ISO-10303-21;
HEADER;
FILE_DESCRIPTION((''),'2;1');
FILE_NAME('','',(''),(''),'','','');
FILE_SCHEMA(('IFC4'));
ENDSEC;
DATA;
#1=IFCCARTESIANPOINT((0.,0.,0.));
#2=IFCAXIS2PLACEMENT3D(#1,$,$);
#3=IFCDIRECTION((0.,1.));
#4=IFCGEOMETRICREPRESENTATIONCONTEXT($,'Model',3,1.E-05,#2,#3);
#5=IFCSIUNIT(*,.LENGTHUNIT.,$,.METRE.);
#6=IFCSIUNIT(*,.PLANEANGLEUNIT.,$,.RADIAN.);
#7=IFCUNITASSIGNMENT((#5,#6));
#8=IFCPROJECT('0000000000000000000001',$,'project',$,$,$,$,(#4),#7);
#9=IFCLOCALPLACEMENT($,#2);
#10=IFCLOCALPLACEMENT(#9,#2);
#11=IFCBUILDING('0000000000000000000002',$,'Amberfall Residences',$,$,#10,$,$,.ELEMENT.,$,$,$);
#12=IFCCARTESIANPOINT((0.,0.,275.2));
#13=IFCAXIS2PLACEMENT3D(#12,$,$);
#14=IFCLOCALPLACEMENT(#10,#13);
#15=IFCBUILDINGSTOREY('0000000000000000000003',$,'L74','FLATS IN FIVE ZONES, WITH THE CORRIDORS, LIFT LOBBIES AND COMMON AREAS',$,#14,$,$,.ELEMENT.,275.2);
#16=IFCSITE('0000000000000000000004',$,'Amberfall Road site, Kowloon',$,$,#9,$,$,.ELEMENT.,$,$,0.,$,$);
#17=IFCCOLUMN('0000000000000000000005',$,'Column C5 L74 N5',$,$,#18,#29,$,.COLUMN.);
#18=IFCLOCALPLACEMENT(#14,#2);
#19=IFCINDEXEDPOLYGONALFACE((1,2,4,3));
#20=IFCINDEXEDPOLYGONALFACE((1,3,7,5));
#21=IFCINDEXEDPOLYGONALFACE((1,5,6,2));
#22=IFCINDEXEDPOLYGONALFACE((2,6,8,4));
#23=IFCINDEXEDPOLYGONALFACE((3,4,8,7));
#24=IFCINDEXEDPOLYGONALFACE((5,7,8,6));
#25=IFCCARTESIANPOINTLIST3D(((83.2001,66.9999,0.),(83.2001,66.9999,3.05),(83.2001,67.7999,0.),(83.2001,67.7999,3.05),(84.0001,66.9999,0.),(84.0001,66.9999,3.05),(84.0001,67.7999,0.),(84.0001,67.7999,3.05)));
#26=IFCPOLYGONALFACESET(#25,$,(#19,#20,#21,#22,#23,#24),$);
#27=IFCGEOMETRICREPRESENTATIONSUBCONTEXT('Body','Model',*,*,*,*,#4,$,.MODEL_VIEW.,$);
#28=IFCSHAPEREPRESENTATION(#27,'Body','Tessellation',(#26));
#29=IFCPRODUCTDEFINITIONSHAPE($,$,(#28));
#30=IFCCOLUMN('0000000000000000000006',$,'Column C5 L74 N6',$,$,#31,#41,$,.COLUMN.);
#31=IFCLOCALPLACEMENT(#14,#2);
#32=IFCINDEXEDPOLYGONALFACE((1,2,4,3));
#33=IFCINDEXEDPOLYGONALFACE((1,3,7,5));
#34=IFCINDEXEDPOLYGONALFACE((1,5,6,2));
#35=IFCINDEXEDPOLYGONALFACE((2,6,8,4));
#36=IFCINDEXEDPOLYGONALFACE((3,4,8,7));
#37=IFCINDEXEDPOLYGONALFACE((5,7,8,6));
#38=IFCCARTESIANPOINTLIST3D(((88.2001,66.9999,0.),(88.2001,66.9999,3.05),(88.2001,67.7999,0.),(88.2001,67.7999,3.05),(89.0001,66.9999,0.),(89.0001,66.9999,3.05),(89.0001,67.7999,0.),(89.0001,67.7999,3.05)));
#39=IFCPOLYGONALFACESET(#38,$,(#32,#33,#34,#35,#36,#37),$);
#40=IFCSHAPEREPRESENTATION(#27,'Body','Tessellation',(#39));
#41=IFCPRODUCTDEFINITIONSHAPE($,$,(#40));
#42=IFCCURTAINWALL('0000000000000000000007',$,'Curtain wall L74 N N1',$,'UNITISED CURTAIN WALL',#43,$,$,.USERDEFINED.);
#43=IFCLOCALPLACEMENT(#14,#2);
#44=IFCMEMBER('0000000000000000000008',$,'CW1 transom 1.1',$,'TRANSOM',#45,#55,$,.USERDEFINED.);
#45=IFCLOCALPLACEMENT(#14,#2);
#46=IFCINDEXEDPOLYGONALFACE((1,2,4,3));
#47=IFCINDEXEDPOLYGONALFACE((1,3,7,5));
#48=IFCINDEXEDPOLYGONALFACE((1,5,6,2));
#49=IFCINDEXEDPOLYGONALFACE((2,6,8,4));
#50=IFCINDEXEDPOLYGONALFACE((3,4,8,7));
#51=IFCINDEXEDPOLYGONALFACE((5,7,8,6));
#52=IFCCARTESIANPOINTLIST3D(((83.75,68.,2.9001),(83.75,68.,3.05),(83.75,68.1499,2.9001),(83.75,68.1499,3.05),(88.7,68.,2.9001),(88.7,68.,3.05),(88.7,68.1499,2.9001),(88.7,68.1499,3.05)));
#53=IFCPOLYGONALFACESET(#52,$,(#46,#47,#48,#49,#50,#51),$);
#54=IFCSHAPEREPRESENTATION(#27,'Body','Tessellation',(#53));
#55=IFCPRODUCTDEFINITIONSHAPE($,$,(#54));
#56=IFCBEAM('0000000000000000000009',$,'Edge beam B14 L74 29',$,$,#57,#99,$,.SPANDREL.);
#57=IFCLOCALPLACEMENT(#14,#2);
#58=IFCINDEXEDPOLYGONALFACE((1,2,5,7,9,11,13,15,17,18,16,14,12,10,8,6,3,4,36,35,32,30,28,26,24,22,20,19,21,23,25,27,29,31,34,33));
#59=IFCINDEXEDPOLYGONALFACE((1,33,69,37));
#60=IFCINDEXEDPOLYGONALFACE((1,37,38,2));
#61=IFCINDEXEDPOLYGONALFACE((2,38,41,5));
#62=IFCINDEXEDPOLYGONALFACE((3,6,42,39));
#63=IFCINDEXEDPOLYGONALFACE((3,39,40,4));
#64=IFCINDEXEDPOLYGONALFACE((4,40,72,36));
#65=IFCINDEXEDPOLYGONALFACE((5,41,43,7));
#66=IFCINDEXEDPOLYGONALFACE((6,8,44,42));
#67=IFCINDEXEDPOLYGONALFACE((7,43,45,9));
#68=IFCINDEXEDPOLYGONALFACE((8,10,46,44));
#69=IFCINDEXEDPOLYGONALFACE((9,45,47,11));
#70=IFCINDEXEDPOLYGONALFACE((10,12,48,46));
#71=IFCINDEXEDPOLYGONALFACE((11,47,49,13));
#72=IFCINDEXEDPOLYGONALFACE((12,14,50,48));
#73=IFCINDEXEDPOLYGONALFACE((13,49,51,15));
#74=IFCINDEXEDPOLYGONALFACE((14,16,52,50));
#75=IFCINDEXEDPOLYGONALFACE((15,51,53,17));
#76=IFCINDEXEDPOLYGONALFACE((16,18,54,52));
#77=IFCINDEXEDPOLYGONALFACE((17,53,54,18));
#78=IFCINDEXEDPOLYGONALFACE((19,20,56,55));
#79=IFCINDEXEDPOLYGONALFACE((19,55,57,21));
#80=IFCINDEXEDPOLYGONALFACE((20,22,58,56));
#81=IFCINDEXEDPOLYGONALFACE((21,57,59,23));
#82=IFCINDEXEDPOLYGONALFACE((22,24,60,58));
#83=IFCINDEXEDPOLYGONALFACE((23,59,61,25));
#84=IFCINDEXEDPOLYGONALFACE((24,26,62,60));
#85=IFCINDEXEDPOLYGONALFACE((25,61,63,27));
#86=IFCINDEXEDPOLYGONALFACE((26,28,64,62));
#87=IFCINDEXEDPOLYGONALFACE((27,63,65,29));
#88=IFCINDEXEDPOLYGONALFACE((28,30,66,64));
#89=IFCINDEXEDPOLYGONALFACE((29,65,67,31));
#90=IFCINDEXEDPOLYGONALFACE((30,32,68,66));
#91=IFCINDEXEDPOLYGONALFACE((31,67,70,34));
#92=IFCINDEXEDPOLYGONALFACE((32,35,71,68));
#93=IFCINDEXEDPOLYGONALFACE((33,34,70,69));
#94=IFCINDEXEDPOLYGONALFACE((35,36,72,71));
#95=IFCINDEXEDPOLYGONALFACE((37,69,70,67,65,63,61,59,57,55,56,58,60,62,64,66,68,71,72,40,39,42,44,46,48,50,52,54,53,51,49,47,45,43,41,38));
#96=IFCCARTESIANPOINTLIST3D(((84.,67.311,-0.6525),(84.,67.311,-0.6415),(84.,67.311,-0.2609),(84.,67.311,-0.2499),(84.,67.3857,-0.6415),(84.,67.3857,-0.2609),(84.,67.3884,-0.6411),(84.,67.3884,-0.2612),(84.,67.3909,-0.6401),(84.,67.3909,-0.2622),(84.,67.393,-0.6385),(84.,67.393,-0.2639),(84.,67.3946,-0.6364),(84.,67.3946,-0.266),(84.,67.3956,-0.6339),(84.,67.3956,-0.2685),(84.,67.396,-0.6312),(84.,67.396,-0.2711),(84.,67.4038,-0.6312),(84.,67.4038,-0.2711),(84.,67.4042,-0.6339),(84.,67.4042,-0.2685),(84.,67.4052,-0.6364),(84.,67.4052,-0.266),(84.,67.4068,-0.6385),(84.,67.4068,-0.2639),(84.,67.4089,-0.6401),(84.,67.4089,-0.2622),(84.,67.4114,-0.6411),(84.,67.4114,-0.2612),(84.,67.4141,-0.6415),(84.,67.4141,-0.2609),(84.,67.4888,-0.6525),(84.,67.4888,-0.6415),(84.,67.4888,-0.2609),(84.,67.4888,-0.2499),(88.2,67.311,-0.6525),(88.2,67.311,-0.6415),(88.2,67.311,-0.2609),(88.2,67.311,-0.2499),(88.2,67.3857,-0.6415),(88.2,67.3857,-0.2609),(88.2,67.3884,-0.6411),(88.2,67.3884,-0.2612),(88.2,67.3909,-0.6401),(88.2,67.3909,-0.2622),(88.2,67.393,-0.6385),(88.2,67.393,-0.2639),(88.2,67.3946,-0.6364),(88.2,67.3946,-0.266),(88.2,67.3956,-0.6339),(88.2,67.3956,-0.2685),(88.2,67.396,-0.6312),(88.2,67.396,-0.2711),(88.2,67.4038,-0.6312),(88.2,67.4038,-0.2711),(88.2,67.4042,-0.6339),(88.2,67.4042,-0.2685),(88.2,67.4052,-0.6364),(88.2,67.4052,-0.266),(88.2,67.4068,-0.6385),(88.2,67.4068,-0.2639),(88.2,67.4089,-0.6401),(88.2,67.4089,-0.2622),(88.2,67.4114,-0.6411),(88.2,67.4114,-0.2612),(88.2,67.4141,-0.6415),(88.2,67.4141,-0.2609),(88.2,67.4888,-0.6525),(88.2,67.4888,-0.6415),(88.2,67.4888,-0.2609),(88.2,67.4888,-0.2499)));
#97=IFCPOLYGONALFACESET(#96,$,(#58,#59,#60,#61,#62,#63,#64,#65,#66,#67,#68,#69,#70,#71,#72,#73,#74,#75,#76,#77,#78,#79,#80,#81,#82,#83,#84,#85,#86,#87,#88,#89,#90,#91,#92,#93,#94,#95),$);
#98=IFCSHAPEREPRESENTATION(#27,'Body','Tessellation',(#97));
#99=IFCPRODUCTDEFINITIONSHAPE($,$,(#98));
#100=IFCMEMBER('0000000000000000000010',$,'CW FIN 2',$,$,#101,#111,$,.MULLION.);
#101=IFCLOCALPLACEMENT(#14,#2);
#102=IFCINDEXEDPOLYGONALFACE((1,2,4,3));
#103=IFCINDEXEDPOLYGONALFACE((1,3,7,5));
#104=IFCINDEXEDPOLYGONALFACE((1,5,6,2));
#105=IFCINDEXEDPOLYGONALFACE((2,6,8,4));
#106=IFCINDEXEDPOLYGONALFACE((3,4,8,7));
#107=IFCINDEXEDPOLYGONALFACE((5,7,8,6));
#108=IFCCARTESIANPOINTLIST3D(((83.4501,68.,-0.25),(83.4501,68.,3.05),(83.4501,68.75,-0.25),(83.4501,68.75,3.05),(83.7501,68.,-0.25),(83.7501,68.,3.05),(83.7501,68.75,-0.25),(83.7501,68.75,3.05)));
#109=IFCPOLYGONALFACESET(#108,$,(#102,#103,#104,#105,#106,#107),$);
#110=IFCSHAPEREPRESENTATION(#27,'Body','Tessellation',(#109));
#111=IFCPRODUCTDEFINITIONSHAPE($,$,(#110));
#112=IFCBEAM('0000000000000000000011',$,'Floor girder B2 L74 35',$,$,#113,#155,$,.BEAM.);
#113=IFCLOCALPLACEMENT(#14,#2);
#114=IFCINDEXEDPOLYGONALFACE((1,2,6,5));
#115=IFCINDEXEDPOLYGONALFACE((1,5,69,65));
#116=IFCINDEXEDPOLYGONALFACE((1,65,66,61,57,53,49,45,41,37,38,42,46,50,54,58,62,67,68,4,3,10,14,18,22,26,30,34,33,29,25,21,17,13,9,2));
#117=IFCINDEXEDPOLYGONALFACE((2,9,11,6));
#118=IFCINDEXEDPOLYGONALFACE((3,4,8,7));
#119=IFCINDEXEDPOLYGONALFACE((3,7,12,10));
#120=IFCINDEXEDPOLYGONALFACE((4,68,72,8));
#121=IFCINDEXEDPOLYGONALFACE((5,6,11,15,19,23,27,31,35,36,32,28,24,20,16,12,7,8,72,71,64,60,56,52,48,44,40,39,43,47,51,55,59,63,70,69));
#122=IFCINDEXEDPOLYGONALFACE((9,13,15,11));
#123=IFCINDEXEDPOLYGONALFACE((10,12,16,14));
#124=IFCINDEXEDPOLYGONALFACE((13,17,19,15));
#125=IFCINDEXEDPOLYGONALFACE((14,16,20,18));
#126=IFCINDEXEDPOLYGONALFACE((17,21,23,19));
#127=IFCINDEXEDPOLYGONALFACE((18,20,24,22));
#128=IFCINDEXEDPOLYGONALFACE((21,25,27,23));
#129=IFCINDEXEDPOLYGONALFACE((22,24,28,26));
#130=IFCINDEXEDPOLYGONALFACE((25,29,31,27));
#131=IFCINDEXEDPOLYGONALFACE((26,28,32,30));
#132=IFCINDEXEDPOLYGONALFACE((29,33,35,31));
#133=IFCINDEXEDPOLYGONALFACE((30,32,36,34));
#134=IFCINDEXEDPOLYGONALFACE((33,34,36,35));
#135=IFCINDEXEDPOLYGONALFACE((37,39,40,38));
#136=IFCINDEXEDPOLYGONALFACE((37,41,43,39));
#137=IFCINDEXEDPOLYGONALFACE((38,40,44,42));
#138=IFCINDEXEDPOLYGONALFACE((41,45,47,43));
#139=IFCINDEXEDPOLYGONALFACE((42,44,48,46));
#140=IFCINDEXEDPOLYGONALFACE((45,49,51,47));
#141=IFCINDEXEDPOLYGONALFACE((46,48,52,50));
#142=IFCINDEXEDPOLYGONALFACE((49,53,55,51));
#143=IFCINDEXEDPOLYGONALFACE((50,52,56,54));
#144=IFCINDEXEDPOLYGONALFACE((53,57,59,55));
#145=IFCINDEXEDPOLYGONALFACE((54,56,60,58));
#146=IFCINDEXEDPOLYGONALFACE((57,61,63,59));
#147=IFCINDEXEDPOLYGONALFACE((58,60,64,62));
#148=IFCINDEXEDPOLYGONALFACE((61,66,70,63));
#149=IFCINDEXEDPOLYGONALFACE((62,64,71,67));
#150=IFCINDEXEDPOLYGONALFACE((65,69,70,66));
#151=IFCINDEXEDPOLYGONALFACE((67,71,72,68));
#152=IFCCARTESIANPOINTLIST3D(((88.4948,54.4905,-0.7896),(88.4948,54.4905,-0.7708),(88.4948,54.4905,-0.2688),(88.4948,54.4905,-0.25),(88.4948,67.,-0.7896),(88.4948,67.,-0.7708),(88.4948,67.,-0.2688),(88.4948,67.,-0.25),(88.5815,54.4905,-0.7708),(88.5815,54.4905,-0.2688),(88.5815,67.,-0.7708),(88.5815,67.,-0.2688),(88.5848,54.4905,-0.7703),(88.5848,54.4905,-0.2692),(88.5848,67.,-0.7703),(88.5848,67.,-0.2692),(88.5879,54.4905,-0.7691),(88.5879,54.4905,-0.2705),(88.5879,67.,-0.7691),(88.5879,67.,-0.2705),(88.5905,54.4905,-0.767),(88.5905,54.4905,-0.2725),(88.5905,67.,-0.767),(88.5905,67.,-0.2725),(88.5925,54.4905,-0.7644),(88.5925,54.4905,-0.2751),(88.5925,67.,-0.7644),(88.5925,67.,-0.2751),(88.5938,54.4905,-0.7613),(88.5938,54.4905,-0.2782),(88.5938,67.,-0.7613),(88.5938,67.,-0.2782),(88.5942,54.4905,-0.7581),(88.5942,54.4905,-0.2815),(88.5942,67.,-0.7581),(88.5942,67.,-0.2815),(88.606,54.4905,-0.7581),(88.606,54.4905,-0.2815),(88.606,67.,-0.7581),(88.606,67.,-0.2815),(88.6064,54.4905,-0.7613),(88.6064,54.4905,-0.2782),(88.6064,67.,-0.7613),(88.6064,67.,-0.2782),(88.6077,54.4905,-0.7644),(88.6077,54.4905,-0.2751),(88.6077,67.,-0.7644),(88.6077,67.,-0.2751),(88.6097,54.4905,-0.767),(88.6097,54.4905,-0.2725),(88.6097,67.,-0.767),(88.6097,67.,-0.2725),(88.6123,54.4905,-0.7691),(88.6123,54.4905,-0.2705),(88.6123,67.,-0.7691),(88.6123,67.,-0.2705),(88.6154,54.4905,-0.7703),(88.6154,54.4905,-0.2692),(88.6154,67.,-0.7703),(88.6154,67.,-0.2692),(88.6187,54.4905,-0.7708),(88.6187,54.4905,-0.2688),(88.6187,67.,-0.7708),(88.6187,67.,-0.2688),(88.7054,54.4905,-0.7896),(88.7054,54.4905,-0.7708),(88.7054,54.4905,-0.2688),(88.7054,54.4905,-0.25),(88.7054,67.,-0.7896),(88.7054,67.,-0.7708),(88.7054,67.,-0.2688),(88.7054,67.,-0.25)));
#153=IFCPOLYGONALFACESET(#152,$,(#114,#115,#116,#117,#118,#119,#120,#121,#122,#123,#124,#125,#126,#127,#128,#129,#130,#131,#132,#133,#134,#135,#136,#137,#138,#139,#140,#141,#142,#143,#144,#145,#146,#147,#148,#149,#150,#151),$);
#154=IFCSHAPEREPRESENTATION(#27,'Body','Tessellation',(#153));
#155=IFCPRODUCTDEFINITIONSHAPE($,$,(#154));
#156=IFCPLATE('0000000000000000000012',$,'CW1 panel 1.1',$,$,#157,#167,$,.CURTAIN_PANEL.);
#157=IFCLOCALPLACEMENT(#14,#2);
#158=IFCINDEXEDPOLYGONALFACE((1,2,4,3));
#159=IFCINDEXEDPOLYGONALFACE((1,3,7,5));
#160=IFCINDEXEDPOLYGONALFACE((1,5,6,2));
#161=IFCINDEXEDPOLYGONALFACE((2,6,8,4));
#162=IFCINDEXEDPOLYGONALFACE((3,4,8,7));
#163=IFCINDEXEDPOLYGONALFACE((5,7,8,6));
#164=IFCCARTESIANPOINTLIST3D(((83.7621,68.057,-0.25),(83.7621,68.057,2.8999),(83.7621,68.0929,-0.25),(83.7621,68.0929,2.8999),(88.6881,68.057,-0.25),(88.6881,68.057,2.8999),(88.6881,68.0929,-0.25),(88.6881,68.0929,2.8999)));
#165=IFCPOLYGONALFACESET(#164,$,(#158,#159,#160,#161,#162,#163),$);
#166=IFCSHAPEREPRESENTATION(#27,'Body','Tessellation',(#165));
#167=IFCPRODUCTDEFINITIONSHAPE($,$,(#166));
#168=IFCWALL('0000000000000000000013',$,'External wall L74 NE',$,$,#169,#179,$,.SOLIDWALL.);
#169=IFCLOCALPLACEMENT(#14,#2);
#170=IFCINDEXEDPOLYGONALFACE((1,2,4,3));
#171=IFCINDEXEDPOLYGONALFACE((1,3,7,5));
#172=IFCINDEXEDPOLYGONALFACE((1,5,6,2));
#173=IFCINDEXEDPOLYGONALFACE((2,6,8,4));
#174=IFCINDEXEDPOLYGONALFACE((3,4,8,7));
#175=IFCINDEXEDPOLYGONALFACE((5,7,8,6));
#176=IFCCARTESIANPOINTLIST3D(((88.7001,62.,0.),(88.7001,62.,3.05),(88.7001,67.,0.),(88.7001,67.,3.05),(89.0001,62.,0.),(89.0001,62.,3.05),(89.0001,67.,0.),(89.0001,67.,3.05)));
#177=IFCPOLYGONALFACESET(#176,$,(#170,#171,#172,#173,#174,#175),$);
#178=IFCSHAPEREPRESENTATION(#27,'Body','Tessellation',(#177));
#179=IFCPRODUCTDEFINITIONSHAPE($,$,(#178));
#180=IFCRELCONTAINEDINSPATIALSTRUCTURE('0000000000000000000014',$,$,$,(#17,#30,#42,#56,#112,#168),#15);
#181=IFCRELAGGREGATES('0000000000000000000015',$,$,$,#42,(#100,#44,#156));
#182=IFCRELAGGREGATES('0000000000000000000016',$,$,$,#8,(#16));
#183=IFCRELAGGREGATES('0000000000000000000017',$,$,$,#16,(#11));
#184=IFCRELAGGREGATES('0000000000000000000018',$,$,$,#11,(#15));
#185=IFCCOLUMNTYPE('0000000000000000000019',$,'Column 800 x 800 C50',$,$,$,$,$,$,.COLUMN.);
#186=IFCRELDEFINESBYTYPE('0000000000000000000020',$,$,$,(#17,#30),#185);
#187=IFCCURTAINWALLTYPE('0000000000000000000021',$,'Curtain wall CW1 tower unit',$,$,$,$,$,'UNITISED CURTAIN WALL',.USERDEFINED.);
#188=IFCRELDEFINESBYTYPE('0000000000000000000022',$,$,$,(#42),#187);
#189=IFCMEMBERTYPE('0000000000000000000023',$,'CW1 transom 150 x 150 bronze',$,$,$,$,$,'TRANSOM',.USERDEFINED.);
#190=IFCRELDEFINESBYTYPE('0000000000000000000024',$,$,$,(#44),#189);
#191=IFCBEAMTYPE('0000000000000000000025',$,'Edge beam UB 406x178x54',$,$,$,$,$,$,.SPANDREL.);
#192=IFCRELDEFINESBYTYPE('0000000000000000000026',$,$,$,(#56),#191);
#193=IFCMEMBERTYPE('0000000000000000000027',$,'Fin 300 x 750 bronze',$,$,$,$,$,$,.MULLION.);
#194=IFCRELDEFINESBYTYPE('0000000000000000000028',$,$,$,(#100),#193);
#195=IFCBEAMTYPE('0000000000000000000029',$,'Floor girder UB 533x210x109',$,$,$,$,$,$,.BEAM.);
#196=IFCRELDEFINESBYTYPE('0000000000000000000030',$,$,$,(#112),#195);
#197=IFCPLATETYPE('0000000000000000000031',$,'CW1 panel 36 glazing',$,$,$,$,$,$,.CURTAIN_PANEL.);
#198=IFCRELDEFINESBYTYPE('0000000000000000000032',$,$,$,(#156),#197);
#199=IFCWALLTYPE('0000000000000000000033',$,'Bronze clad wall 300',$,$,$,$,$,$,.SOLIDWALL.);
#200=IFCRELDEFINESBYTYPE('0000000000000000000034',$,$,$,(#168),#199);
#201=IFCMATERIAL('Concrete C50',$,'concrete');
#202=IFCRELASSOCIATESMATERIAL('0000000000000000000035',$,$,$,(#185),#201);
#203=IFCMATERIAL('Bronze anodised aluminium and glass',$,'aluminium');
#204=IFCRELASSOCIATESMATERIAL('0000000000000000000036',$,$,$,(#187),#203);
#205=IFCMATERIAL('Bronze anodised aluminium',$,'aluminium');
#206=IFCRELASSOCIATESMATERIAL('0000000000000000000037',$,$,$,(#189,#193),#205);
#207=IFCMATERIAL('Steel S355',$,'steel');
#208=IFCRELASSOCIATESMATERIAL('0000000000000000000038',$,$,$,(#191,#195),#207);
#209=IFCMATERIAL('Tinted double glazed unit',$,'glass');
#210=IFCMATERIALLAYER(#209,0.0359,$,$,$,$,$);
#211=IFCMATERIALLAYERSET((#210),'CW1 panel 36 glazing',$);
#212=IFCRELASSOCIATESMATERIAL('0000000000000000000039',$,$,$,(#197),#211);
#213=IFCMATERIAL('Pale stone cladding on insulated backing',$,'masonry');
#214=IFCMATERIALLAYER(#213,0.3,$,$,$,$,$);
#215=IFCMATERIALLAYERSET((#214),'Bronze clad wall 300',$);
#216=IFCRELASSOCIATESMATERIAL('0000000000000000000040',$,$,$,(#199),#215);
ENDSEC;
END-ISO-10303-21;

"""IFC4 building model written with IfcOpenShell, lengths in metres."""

from ifc_helpers import new_model, si_unit, direction, frame, frame_2d, origin, origin_2d, place, context, subcontext, project, spatial, rectangle, i_section, extrude, material, layer, layer_set, material_profile, profile_set, type_object, element, aggregate, save


model = new_model("IFC4")

# Units and contexts
model_context = context("Model", 3, precision=1e-05, world=origin(), true_north=direction((0.0, 1.0)))
body_context = subcontext(model_context, "Body", "Model", "MODEL_VIEW")
ifc_project = project(units=[si_unit("LENGTHUNIT", "METRE"), si_unit("PLANEANGLEUNIT", "RADIAN")], contexts=[model_context])

# Site, building, storey
site_placement = place(None, origin())
site = spatial("IfcSite", under=ifc_project, at=site_placement, Name="Amberfall Road site, Kowloon", CompositionType="ELEMENT", RefElevation=0.0)
building_placement = place(site_placement, origin())
building = spatial("IfcBuilding", under=site, at=building_placement, Name="Amberfall Residences", CompositionType="ELEMENT")
storey_placement = place(building_placement, frame((0.0, 0.0, 275.2)))
storey = spatial("IfcBuildingStorey", under=building, at=storey_placement, Name="L74", Description="FLATS IN FIVE ZONES, WITH THE CORRIDORS, LIFT LOBBIES AND COMMON AREAS", CompositionType="ELEMENT", Elevation=275.2)

# Columns
ifc_material_1 = material(Name="Concrete C50", Category="concrete")
ifc_material_profile_1 = material_profile(ifc_material_1, rectangle(XDim=0.8, YDim=0.8, at=origin_2d()), Name="Column 800 x 800 C50")
ifc_profile_set_1 = profile_set([ifc_material_profile_1], Name="Concrete C50")
column_type = type_object("IfcColumnType", Name="Column 800 x 800 C50", PredefinedType="COLUMN", material=ifc_profile_set_1)
for number, where, z_axis, x_axis, name in (
    (1, (83.6001, 67.3999, 0.0), (0.0, 0.0, 1.0), (1.0, 0.0, 0.0), "Column C5 L74 N5"),
    (2, (88.6001, 67.3999, 0.0), (0.0, 0.0, 1.0), (1.0, 0.0, 0.0), "Column C5 L74 N6"),
):
    element("IfcColumn", number, at=place(storey_placement, frame(where, z_axis=z_axis, x_axis=x_axis)), inside=storey, type_object=column_type, Name=name, PredefinedType="COLUMN", context=body_context, shape_type="SweptSolid", body=[
        extrude(rectangle(XDim=0.8, YDim=0.8, at=origin_2d()), origin(), (0.0, 0.0, 1.0), 3.05),
    ])

# Curtain wall, member
ifc_material_2 = material(Name="Bronze anodised aluminium and glass", Category="aluminium")
curtain_wall_type = type_object("IfcCurtainWallType", Name="Curtain wall CW1 tower unit", ElementType="UNITISED CURTAIN WALL", PredefinedType="USERDEFINED", material=ifc_material_2)
curtain_wall_placement = place(storey_placement, origin())
curtain_wall = element("IfcCurtainWall", 3, at=curtain_wall_placement, inside=storey, type_object=curtain_wall_type, Name="Curtain wall L74 N N1", ObjectType="UNITISED CURTAIN WALL", PredefinedType="USERDEFINED")
ifc_material_3 = material(Name="Bronze anodised aluminium", Category="aluminium")
ifc_material_profile_2 = material_profile(ifc_material_3, rectangle(XDim=0.1499, YDim=0.1499, at=origin_2d()), Name="CW1 transom 150 x 150 bronze")
ifc_profile_set_2 = profile_set([ifc_material_profile_2], Name="Bronze anodised aluminium")
member_type_1 = type_object("IfcMemberType", Name="CW1 transom 150 x 150 bronze", ElementType="TRANSOM", PredefinedType="USERDEFINED", material=ifc_profile_set_2)
member_1_placement = place(storey_placement, frame((88.7, 68.075, 2.9751), z_axis=(-1.0, 0.0, 0.0), x_axis=(0.0, -1.0, 0.0)))
member_1 = element("IfcMember", 4, at=member_1_placement, type_object=member_type_1, Name="CW1 transom 1.1", ObjectType="TRANSOM", PredefinedType="USERDEFINED", context=body_context, shape_type="SweptSolid", body=[
    extrude(rectangle(XDim=0.1499, YDim=0.1499, at=origin_2d()), origin(), (0.0, 0.0, 1.0), 4.95),
])

# Beam
ifc_material_4 = material(Name="Steel S355", Category="steel")
ifc_material_profile_3 = material_profile(ifc_material_4, i_section(OverallWidth=0.1777, OverallDepth=0.4026, WebThickness=0.0078, FlangeThickness=0.011, FilletRadius=0.0103, at=origin_2d()), Name="UB 406x178x54")
ifc_profile_set_3 = profile_set([ifc_material_profile_3], Name="Steel S355")
beam_type_1 = type_object("IfcBeamType", Name="Edge beam UB 406x178x54", PredefinedType="SPANDREL", material=ifc_profile_set_3)
beam_1_placement = place(storey_placement, frame((84.0, 67.3999, -0.4512), z_axis=(1.0, 0.0, 0.0), x_axis=(0.0, 1.0, 0.0)))
element("IfcBeam", 5, at=beam_1_placement, inside=storey, type_object=beam_type_1, Name="Edge beam B14 L74 29", PredefinedType="SPANDREL", context=body_context, shape_type="SweptSolid", body=[
    extrude(i_section(OverallWidth=0.1777, OverallDepth=0.4026, WebThickness=0.0078, FlangeThickness=0.011, FilletRadius=0.0103, at=origin_2d()), origin(), (0.0, 0.0, 1.0), 4.2),
])

# Member
ifc_material_profile_4 = material_profile(ifc_material_3, rectangle(XDim=0.75, YDim=0.3, at=origin_2d()), Name="Fin 300 x 750 bronze")
ifc_profile_set_4 = profile_set([ifc_material_profile_4], Name="Bronze anodised aluminium")
member_type_2 = type_object("IfcMemberType", Name="Fin 300 x 750 bronze", PredefinedType="MULLION", material=ifc_profile_set_4)
member_2_placement = place(storey_placement, frame((83.6001, 68.375, -0.25), z_axis=(0.0, 0.0, 1.0), x_axis=(0.0, -1.0, 0.0)))
member_2 = element("IfcMember", 6, at=member_2_placement, type_object=member_type_2, Name="CW FIN 2", PredefinedType="MULLION", context=body_context, shape_type="SweptSolid", body=[
    extrude(rectangle(XDim=0.75, YDim=0.3, at=origin_2d()), origin(), (0.0, 0.0, 1.0), 3.3),
])

# Beam
ifc_material_profile_5 = material_profile(ifc_material_4, i_section(OverallWidth=0.2107, OverallDepth=0.5396, WebThickness=0.0117, FlangeThickness=0.0188, FilletRadius=0.0127, at=origin_2d()), Name="UB 533x210x109")
ifc_profile_set_5 = profile_set([ifc_material_profile_5], Name="Steel S355")
beam_type_2 = type_object("IfcBeamType", Name="Floor girder UB 533x210x109", PredefinedType="BEAM", material=ifc_profile_set_5)
beam_2_placement = place(storey_placement, frame((88.6001, 67.0, -0.5198), z_axis=(0.0, -1.0, 0.0), x_axis=(1.0, 0.0, 0.0)))
element("IfcBeam", 7, at=beam_2_placement, inside=storey, type_object=beam_type_2, Name="Floor girder B2 L74 35", PredefinedType="BEAM", context=body_context, shape_type="SweptSolid", body=[
    extrude(i_section(OverallWidth=0.2107, OverallDepth=0.5396, WebThickness=0.0117, FlangeThickness=0.0188, FilletRadius=0.0127, at=origin_2d()), origin(), (0.0, 0.0, 1.0), 12.5095),
])

# Plate
ifc_material_5 = material(Name="Tinted double glazed unit", Category="glass")
ifc_layer_1 = layer(ifc_material_5, 0.0359)
ifc_layer_set_1 = layer_set([ifc_layer_1], Name="CW1 panel 36 glazing")
plate_type = type_object("IfcPlateType", Name="CW1 panel 36 glazing", PredefinedType="CURTAIN_PANEL", material=ifc_layer_set_1)
plate_placement = place(storey_placement, frame((86.2251, 68.075, -0.25), z_axis=(0.0, 0.0, 1.0), x_axis=(-1.0, 0.0, 0.0)))
plate = element("IfcPlate", 8, at=plate_placement, type_object=plate_type, Name="CW1 panel 1.1", PredefinedType="CURTAIN_PANEL", context=body_context, shape_type="SweptSolid", body=[
    extrude(rectangle(XDim=4.926, YDim=0.0359, at=origin_2d()), origin(), (0.0, 0.0, 1.0), 3.1499),
])
aggregate(curtain_wall, [member_2, member_1, plate])

# Wall
ifc_material_6 = material(Name="Pale stone cladding on insulated backing", Category="masonry")
ifc_layer_2 = layer(ifc_material_6, 0.3)
ifc_layer_set_2 = layer_set([ifc_layer_2], Name="Bronze clad wall 300")
wall_type_1 = type_object("IfcWallType", Name="Bronze clad wall 300", PredefinedType="SOLIDWALL", material=ifc_layer_set_2)
wall_1_placement = place(storey_placement, frame((88.8501, 62.0, 0.0), z_axis=(0.0, 0.0, 1.0), x_axis=(0.0, 1.0, 0.0)))
element("IfcWall", 9, at=wall_1_placement, inside=storey, type_object=wall_type_1, Name="External wall L74 NE", PredefinedType="SOLIDWALL", context=body_context, shape_type="SweptSolid", body=[
    extrude(rectangle(XDim=5.0, YDim=0.3, at=frame_2d((2.5, 0.0))), origin(), (0.0, 0.0, 1.0), 3.05),
])

save(model, "model.ifc")
